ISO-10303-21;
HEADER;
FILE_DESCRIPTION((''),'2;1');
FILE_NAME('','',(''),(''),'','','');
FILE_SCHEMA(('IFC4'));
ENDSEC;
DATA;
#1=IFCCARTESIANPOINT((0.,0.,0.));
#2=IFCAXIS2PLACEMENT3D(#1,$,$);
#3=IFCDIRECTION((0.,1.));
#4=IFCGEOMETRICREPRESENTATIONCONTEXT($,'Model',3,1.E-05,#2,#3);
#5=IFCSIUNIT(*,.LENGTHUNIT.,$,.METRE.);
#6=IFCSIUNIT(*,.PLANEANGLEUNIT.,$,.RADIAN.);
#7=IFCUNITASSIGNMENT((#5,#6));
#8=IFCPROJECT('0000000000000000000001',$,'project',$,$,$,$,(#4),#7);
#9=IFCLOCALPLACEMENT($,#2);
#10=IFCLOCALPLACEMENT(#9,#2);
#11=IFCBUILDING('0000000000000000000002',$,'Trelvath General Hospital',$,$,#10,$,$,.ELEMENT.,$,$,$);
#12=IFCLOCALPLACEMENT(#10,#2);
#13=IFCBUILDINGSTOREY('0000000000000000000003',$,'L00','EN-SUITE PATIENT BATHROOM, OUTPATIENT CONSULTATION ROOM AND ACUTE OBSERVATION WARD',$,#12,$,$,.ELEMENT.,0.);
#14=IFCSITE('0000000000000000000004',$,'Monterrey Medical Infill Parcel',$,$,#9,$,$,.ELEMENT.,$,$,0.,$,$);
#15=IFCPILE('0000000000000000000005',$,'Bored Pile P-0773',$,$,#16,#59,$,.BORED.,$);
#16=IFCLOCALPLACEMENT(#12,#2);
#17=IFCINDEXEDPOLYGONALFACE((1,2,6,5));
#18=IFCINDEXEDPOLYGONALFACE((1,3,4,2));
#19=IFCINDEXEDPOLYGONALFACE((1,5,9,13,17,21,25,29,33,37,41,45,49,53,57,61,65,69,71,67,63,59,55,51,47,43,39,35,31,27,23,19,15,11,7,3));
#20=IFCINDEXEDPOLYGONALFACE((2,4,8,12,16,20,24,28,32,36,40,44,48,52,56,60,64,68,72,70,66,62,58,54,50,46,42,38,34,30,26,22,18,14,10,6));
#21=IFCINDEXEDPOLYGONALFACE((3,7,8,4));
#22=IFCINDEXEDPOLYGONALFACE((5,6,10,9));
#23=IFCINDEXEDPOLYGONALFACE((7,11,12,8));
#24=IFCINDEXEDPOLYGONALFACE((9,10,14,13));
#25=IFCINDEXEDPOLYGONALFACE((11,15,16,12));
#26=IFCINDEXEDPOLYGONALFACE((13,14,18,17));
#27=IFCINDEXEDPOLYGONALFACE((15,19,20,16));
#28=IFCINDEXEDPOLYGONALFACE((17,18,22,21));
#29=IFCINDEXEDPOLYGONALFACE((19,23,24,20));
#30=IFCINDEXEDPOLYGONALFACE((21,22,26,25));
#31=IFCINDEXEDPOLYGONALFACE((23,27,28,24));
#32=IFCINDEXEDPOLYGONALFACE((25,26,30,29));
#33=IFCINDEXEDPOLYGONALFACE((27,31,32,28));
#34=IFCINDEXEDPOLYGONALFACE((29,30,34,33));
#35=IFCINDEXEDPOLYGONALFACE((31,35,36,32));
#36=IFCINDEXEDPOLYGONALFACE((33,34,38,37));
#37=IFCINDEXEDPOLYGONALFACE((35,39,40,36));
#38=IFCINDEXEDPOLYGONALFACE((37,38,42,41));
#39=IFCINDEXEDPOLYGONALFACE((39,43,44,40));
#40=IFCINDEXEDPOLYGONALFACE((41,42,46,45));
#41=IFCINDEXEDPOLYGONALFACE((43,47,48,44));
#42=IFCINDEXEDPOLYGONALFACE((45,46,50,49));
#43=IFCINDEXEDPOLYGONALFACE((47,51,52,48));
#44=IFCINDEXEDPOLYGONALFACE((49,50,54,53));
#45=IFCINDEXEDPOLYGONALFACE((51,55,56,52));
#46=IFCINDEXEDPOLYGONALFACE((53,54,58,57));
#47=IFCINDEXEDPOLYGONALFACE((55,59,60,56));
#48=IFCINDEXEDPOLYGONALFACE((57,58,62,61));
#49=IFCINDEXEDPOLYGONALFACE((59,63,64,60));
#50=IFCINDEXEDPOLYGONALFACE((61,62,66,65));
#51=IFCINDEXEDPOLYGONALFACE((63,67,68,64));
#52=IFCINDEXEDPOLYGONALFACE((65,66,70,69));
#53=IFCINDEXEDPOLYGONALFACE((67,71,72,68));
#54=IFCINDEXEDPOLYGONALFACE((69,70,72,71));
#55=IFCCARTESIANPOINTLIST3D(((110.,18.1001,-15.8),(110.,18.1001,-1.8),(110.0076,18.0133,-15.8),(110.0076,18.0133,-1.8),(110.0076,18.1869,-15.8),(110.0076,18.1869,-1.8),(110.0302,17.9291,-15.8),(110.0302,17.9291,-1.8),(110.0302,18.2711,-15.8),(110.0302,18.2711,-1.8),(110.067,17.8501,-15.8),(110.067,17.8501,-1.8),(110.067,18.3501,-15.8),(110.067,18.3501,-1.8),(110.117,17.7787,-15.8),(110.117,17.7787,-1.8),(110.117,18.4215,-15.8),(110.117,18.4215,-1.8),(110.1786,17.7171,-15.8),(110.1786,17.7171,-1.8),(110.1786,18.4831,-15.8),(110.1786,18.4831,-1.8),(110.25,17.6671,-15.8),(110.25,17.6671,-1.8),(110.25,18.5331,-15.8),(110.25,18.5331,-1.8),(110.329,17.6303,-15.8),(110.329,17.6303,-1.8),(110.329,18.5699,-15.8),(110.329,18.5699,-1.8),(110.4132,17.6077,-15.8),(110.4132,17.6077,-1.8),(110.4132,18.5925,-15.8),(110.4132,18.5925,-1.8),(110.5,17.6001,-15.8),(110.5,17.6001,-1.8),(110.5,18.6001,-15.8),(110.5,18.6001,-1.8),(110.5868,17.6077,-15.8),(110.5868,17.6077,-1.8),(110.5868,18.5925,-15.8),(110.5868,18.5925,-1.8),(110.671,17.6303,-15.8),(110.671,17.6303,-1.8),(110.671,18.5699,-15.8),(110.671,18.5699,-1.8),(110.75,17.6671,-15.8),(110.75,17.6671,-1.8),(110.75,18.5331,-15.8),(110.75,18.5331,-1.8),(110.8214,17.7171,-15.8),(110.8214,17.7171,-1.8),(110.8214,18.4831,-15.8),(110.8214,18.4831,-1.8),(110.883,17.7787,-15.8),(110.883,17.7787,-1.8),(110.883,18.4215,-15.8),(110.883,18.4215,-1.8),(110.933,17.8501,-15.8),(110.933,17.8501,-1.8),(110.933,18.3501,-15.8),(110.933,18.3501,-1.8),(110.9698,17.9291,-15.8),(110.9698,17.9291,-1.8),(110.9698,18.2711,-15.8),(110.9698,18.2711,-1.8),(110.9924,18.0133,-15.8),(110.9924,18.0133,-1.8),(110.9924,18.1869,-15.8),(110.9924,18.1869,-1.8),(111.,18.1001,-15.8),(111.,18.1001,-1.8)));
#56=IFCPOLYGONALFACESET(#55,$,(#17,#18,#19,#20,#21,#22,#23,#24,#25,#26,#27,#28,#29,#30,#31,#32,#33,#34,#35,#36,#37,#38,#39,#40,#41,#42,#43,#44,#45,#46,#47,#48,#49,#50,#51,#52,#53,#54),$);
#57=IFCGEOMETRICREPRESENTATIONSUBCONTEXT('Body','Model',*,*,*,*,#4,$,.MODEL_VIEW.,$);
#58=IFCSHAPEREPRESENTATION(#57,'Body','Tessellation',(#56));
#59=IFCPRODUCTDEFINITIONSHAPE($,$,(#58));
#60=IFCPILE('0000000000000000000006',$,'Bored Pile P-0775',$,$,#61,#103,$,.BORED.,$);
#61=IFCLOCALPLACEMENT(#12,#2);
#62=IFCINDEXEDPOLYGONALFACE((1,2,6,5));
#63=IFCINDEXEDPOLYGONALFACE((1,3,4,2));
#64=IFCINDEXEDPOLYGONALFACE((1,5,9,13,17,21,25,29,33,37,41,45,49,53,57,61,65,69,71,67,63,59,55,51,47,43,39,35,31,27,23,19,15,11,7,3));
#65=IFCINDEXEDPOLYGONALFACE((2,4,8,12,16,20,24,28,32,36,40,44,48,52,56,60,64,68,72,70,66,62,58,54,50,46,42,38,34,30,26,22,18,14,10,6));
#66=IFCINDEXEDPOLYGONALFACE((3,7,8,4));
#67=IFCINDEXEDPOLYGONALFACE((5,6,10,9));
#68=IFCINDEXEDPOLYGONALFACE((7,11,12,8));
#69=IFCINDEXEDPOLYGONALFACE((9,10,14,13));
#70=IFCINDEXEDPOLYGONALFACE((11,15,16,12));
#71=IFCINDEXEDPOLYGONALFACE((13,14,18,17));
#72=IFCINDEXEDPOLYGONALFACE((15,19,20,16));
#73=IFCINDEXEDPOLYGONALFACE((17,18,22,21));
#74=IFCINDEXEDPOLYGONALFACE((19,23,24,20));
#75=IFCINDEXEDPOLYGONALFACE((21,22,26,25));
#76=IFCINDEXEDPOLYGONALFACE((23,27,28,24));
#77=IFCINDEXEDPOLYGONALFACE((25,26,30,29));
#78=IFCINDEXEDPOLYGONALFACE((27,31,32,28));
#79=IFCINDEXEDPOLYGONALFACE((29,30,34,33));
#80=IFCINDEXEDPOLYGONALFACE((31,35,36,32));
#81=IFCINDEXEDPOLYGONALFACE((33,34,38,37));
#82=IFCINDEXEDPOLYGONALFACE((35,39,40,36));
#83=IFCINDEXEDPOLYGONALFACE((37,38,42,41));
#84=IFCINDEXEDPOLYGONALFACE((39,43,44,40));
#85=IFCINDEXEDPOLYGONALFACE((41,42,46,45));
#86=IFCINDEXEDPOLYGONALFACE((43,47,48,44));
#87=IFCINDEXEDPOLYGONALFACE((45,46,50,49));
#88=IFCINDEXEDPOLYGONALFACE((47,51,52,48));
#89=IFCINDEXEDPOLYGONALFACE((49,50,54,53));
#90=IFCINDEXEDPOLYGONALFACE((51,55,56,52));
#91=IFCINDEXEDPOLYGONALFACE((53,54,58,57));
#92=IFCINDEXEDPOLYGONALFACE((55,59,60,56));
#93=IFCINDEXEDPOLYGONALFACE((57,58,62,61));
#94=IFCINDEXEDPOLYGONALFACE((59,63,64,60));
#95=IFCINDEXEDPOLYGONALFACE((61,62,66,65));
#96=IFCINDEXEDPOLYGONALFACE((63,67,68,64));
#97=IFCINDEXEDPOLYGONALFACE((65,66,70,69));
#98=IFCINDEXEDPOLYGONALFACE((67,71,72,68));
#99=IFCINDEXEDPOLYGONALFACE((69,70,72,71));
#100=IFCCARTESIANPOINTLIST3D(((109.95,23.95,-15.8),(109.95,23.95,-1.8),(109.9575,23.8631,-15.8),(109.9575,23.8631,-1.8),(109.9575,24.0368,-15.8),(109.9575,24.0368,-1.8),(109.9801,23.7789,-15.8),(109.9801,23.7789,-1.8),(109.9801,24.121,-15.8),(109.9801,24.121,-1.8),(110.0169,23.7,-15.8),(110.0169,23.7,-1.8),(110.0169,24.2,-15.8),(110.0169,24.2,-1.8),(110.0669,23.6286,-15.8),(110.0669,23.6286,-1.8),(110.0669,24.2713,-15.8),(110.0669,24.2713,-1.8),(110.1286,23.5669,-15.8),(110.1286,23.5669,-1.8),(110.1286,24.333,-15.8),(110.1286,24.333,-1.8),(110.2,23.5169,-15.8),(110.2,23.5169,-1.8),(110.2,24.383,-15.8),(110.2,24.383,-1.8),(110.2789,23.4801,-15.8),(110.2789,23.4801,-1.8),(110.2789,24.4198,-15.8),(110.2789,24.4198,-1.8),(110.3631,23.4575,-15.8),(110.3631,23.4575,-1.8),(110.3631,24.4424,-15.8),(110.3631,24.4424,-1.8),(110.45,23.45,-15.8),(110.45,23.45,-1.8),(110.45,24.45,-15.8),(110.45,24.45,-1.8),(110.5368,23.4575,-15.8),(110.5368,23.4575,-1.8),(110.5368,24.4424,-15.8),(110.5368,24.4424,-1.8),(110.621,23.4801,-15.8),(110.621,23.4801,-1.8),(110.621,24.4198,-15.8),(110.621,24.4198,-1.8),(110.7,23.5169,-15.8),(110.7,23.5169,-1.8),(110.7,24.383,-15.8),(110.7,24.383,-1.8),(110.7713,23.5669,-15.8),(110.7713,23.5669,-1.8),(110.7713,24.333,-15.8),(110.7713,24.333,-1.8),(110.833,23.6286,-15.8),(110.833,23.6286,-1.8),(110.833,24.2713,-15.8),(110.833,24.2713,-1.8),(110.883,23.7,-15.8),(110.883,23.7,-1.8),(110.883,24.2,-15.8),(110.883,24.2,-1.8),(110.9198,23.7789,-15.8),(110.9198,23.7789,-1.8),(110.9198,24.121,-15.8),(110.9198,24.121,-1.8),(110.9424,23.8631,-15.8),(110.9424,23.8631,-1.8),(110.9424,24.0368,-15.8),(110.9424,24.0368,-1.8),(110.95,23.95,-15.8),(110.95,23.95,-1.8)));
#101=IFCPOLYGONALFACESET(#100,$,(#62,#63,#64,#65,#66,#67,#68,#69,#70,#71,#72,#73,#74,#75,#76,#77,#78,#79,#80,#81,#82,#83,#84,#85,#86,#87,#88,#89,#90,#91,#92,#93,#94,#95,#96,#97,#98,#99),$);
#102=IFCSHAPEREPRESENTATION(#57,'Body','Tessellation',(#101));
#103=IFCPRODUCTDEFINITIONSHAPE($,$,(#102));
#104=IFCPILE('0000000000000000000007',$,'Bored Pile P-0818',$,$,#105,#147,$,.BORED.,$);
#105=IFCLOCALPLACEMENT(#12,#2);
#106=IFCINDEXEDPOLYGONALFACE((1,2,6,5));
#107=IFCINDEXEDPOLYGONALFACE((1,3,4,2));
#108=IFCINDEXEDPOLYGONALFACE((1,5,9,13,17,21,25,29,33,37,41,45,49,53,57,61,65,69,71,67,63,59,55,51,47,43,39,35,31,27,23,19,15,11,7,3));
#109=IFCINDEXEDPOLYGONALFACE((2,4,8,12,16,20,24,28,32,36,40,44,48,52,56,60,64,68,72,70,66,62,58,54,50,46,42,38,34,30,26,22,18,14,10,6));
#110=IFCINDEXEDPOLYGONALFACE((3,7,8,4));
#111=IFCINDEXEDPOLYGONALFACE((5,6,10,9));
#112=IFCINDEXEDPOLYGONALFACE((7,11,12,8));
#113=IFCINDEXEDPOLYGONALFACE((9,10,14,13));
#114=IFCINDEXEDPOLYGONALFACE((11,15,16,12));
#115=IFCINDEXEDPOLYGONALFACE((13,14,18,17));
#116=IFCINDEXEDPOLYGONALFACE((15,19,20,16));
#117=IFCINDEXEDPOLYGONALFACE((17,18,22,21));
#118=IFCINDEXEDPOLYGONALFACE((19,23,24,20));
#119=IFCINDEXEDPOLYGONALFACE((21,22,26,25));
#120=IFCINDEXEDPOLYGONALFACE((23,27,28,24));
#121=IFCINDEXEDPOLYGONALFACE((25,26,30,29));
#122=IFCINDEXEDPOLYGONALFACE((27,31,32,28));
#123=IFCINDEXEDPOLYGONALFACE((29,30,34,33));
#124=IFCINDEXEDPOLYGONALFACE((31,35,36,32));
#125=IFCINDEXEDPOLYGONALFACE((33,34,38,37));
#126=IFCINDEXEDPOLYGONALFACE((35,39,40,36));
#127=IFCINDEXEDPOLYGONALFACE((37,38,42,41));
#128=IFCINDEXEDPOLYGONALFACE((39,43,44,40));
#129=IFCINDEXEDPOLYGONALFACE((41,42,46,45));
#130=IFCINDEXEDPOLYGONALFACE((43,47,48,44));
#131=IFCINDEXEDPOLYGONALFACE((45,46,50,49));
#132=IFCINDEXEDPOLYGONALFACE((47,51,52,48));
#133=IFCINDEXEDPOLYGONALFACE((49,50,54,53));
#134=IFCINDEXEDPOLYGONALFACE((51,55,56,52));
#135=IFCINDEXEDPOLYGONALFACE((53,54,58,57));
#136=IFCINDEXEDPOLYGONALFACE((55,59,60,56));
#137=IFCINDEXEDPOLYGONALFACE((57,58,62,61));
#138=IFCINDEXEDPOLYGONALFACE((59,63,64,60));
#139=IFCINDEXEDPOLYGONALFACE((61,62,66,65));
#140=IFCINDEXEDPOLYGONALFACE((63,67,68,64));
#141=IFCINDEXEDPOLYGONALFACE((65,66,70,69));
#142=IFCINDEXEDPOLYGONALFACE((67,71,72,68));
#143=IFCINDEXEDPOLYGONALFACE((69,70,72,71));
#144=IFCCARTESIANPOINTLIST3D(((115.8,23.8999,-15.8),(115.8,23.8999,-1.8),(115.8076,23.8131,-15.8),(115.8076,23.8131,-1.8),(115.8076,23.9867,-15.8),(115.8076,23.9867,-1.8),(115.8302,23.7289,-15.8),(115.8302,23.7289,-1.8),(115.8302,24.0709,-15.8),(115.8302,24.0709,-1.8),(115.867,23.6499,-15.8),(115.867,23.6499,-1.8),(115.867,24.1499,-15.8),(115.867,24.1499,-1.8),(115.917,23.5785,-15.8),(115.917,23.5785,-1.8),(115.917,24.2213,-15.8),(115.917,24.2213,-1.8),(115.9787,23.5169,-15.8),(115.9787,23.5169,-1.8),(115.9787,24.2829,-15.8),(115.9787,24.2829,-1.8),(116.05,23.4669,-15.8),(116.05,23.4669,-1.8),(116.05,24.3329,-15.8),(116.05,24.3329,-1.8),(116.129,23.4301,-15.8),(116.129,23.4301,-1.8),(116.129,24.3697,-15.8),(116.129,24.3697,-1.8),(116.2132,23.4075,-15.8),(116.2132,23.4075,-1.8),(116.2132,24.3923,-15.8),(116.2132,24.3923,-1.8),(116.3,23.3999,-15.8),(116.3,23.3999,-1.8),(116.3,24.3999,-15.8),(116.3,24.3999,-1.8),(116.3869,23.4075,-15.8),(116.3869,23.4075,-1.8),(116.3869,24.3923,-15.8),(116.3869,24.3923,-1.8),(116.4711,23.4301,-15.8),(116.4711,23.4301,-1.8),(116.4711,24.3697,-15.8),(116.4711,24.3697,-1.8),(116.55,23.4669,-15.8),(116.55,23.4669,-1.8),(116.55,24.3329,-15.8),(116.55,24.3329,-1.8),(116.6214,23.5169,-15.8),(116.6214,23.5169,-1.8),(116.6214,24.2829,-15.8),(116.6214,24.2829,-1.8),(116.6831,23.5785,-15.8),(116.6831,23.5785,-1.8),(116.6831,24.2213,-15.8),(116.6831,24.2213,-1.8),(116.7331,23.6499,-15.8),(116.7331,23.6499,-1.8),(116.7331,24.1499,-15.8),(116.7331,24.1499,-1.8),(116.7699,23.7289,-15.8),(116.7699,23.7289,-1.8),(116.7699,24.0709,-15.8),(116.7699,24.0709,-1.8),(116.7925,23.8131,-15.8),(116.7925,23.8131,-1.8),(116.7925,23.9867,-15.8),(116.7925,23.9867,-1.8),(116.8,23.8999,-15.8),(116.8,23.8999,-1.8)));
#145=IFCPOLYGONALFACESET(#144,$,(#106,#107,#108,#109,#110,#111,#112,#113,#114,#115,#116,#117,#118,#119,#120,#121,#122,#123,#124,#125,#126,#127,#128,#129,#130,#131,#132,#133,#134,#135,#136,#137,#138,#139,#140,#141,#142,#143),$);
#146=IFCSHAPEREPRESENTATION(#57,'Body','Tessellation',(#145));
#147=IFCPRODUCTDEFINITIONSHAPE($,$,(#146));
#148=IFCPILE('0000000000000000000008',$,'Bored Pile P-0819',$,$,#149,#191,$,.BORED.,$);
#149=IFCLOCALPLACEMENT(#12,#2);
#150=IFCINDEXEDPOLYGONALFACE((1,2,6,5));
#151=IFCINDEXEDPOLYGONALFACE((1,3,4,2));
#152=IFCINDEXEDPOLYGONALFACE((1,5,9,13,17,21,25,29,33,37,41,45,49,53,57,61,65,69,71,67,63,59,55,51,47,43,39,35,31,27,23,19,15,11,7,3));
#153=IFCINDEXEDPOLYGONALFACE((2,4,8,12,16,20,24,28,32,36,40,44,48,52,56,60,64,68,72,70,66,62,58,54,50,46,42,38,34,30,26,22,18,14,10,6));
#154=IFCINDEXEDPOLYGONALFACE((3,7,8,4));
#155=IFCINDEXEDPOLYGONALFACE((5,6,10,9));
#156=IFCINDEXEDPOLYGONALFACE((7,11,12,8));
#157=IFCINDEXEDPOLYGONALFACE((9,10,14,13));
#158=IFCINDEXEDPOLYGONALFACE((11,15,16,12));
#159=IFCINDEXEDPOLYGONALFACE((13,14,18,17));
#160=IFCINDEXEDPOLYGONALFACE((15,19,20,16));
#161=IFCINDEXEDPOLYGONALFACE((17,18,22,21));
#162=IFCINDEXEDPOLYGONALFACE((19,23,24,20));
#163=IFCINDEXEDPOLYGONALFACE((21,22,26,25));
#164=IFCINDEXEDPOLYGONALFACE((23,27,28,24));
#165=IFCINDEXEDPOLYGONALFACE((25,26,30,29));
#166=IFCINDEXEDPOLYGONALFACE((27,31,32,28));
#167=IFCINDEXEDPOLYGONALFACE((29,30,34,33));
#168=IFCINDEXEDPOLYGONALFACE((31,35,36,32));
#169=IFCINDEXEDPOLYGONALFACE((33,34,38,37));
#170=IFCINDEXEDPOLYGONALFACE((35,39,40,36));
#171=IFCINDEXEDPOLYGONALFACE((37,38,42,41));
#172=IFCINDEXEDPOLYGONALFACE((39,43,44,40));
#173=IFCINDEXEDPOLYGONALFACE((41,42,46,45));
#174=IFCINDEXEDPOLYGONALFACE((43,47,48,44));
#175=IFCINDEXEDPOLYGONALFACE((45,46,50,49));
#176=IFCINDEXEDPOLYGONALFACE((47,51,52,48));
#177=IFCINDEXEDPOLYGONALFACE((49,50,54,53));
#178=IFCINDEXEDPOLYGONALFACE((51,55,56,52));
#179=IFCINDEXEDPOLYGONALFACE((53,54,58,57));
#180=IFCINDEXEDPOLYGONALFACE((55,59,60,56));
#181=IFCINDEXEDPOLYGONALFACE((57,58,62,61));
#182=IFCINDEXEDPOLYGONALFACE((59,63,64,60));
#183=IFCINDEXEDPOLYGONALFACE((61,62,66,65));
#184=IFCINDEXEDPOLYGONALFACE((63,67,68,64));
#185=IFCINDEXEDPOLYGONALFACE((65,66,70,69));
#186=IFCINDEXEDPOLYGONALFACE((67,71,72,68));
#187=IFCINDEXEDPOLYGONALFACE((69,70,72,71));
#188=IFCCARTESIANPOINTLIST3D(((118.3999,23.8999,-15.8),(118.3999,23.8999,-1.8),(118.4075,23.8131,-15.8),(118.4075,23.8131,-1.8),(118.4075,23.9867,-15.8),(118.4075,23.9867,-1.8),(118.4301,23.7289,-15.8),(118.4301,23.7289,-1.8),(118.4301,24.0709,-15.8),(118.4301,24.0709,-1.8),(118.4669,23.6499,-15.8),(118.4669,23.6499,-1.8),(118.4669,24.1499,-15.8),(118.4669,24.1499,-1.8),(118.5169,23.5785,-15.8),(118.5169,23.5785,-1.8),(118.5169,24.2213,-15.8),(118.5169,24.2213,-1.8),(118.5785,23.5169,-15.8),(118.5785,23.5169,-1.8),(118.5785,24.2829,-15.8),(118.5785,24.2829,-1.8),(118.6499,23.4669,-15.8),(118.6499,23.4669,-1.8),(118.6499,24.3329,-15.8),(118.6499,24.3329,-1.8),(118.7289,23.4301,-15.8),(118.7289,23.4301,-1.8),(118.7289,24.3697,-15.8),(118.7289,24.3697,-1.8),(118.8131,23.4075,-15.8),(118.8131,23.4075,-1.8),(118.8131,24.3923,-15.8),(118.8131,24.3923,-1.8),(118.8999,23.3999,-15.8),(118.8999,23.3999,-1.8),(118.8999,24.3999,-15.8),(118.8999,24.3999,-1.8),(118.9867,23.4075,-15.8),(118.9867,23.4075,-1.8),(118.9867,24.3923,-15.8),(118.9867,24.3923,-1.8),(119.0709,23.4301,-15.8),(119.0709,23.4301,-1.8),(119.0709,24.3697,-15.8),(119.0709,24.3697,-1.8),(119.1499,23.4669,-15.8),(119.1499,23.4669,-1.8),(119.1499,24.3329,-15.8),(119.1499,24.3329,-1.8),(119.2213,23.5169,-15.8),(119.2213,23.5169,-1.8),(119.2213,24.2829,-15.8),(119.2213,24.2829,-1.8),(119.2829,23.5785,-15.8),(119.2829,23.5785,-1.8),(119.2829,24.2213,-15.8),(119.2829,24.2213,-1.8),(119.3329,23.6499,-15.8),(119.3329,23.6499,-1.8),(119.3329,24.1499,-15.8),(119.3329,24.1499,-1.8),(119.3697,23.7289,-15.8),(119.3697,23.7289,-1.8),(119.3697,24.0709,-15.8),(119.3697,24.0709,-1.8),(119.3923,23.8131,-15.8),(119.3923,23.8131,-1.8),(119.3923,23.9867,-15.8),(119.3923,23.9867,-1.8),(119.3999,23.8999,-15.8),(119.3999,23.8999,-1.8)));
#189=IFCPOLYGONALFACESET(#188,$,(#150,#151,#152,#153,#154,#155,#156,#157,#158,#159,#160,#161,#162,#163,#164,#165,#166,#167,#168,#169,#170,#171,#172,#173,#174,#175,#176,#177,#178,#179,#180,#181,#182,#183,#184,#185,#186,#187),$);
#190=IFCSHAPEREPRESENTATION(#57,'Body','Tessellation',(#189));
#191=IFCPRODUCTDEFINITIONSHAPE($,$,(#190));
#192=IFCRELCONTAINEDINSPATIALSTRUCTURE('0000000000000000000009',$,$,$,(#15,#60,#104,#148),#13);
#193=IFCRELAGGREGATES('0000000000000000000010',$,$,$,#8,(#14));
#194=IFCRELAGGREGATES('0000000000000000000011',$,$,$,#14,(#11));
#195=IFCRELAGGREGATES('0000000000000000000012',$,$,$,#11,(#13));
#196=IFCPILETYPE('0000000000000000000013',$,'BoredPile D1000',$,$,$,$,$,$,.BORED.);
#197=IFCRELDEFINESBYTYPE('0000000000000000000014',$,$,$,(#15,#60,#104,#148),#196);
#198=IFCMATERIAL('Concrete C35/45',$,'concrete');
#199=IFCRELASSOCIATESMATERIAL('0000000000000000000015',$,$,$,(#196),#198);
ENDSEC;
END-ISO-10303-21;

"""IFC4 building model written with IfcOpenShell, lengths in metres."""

from ifc_helpers import new_model, si_unit, direction, frame, origin, origin_2d, place, context, subcontext, project, spatial, circle, extrude, material, material_profile, profile_set, type_object, element, save


model = new_model("IFC4")

# Units and contexts
model_context = context("Model", 3, precision=1e-05, world=origin(), true_north=direction((0.0, 1.0)))
body_context = subcontext(model_context, "Body", "Model", "MODEL_VIEW")
ifc_project = project(units=[si_unit("LENGTHUNIT", "METRE"), si_unit("PLANEANGLEUNIT", "RADIAN")], contexts=[model_context])

# Site, building, storey
site_placement = place(None, origin())
site = spatial("IfcSite", under=ifc_project, at=site_placement, Name="Monterrey Medical Infill Parcel", CompositionType="ELEMENT", RefElevation=0.0)
building_placement = place(site_placement, origin())
building = spatial("IfcBuilding", under=site, at=building_placement, Name="Trelvath General Hospital", CompositionType="ELEMENT")
storey_placement = place(building_placement, origin())
storey = spatial("IfcBuildingStorey", under=building, at=storey_placement, Name="L00", Description="EN-SUITE PATIENT BATHROOM, OUTPATIENT CONSULTATION ROOM AND ACUTE OBSERVATION WARD", CompositionType="ELEMENT", Elevation=0.0)

# Piles
ifc_material_1 = material(Name="Concrete C35/45", Category="concrete")
ifc_material_profile_1 = material_profile(ifc_material_1, circle(Radius=0.5, at=origin_2d()), Name="PILE1000")
ifc_profile_set_1 = profile_set([ifc_material_profile_1], Name="Concrete C35/45")
pile_type_1 = type_object("IfcPileType", Name="BoredPile D1000", PredefinedType="BORED", material=ifc_profile_set_1)
for number, where, z_axis, x_axis, name in (
    (1, (110.5, 18.1001, -1.8), (0.0, 0.0, -1.0), (1.0, 0.0, 0.0), "Bored Pile P-0773"),
    (2, (110.45, 23.95, -1.8), (0.0, 0.0, -1.0), (1.0, 0.0, 0.0), "Bored Pile P-0775"),
    (3, (116.3, 23.8999, -1.8), (0.0, 0.0, -1.0), (1.0, 0.0, 0.0), "Bored Pile P-0818"),
    (4, (118.8999, 23.8999, -1.8), (0.0, 0.0, -1.0), (1.0, 0.0, 0.0), "Bored Pile P-0819"),
):
    element("IfcPile", number, at=place(storey_placement, frame(where, z_axis=z_axis, x_axis=x_axis)), inside=storey, type_object=pile_type_1, Name=name, PredefinedType="BORED", context=body_context, shape_type="SweptSolid", body=[
        extrude(circle(Radius=0.5, at=origin_2d()), origin(), (0.0, 0.0, 1.0), 14.0),
    ])

save(model, "model.ifc")
